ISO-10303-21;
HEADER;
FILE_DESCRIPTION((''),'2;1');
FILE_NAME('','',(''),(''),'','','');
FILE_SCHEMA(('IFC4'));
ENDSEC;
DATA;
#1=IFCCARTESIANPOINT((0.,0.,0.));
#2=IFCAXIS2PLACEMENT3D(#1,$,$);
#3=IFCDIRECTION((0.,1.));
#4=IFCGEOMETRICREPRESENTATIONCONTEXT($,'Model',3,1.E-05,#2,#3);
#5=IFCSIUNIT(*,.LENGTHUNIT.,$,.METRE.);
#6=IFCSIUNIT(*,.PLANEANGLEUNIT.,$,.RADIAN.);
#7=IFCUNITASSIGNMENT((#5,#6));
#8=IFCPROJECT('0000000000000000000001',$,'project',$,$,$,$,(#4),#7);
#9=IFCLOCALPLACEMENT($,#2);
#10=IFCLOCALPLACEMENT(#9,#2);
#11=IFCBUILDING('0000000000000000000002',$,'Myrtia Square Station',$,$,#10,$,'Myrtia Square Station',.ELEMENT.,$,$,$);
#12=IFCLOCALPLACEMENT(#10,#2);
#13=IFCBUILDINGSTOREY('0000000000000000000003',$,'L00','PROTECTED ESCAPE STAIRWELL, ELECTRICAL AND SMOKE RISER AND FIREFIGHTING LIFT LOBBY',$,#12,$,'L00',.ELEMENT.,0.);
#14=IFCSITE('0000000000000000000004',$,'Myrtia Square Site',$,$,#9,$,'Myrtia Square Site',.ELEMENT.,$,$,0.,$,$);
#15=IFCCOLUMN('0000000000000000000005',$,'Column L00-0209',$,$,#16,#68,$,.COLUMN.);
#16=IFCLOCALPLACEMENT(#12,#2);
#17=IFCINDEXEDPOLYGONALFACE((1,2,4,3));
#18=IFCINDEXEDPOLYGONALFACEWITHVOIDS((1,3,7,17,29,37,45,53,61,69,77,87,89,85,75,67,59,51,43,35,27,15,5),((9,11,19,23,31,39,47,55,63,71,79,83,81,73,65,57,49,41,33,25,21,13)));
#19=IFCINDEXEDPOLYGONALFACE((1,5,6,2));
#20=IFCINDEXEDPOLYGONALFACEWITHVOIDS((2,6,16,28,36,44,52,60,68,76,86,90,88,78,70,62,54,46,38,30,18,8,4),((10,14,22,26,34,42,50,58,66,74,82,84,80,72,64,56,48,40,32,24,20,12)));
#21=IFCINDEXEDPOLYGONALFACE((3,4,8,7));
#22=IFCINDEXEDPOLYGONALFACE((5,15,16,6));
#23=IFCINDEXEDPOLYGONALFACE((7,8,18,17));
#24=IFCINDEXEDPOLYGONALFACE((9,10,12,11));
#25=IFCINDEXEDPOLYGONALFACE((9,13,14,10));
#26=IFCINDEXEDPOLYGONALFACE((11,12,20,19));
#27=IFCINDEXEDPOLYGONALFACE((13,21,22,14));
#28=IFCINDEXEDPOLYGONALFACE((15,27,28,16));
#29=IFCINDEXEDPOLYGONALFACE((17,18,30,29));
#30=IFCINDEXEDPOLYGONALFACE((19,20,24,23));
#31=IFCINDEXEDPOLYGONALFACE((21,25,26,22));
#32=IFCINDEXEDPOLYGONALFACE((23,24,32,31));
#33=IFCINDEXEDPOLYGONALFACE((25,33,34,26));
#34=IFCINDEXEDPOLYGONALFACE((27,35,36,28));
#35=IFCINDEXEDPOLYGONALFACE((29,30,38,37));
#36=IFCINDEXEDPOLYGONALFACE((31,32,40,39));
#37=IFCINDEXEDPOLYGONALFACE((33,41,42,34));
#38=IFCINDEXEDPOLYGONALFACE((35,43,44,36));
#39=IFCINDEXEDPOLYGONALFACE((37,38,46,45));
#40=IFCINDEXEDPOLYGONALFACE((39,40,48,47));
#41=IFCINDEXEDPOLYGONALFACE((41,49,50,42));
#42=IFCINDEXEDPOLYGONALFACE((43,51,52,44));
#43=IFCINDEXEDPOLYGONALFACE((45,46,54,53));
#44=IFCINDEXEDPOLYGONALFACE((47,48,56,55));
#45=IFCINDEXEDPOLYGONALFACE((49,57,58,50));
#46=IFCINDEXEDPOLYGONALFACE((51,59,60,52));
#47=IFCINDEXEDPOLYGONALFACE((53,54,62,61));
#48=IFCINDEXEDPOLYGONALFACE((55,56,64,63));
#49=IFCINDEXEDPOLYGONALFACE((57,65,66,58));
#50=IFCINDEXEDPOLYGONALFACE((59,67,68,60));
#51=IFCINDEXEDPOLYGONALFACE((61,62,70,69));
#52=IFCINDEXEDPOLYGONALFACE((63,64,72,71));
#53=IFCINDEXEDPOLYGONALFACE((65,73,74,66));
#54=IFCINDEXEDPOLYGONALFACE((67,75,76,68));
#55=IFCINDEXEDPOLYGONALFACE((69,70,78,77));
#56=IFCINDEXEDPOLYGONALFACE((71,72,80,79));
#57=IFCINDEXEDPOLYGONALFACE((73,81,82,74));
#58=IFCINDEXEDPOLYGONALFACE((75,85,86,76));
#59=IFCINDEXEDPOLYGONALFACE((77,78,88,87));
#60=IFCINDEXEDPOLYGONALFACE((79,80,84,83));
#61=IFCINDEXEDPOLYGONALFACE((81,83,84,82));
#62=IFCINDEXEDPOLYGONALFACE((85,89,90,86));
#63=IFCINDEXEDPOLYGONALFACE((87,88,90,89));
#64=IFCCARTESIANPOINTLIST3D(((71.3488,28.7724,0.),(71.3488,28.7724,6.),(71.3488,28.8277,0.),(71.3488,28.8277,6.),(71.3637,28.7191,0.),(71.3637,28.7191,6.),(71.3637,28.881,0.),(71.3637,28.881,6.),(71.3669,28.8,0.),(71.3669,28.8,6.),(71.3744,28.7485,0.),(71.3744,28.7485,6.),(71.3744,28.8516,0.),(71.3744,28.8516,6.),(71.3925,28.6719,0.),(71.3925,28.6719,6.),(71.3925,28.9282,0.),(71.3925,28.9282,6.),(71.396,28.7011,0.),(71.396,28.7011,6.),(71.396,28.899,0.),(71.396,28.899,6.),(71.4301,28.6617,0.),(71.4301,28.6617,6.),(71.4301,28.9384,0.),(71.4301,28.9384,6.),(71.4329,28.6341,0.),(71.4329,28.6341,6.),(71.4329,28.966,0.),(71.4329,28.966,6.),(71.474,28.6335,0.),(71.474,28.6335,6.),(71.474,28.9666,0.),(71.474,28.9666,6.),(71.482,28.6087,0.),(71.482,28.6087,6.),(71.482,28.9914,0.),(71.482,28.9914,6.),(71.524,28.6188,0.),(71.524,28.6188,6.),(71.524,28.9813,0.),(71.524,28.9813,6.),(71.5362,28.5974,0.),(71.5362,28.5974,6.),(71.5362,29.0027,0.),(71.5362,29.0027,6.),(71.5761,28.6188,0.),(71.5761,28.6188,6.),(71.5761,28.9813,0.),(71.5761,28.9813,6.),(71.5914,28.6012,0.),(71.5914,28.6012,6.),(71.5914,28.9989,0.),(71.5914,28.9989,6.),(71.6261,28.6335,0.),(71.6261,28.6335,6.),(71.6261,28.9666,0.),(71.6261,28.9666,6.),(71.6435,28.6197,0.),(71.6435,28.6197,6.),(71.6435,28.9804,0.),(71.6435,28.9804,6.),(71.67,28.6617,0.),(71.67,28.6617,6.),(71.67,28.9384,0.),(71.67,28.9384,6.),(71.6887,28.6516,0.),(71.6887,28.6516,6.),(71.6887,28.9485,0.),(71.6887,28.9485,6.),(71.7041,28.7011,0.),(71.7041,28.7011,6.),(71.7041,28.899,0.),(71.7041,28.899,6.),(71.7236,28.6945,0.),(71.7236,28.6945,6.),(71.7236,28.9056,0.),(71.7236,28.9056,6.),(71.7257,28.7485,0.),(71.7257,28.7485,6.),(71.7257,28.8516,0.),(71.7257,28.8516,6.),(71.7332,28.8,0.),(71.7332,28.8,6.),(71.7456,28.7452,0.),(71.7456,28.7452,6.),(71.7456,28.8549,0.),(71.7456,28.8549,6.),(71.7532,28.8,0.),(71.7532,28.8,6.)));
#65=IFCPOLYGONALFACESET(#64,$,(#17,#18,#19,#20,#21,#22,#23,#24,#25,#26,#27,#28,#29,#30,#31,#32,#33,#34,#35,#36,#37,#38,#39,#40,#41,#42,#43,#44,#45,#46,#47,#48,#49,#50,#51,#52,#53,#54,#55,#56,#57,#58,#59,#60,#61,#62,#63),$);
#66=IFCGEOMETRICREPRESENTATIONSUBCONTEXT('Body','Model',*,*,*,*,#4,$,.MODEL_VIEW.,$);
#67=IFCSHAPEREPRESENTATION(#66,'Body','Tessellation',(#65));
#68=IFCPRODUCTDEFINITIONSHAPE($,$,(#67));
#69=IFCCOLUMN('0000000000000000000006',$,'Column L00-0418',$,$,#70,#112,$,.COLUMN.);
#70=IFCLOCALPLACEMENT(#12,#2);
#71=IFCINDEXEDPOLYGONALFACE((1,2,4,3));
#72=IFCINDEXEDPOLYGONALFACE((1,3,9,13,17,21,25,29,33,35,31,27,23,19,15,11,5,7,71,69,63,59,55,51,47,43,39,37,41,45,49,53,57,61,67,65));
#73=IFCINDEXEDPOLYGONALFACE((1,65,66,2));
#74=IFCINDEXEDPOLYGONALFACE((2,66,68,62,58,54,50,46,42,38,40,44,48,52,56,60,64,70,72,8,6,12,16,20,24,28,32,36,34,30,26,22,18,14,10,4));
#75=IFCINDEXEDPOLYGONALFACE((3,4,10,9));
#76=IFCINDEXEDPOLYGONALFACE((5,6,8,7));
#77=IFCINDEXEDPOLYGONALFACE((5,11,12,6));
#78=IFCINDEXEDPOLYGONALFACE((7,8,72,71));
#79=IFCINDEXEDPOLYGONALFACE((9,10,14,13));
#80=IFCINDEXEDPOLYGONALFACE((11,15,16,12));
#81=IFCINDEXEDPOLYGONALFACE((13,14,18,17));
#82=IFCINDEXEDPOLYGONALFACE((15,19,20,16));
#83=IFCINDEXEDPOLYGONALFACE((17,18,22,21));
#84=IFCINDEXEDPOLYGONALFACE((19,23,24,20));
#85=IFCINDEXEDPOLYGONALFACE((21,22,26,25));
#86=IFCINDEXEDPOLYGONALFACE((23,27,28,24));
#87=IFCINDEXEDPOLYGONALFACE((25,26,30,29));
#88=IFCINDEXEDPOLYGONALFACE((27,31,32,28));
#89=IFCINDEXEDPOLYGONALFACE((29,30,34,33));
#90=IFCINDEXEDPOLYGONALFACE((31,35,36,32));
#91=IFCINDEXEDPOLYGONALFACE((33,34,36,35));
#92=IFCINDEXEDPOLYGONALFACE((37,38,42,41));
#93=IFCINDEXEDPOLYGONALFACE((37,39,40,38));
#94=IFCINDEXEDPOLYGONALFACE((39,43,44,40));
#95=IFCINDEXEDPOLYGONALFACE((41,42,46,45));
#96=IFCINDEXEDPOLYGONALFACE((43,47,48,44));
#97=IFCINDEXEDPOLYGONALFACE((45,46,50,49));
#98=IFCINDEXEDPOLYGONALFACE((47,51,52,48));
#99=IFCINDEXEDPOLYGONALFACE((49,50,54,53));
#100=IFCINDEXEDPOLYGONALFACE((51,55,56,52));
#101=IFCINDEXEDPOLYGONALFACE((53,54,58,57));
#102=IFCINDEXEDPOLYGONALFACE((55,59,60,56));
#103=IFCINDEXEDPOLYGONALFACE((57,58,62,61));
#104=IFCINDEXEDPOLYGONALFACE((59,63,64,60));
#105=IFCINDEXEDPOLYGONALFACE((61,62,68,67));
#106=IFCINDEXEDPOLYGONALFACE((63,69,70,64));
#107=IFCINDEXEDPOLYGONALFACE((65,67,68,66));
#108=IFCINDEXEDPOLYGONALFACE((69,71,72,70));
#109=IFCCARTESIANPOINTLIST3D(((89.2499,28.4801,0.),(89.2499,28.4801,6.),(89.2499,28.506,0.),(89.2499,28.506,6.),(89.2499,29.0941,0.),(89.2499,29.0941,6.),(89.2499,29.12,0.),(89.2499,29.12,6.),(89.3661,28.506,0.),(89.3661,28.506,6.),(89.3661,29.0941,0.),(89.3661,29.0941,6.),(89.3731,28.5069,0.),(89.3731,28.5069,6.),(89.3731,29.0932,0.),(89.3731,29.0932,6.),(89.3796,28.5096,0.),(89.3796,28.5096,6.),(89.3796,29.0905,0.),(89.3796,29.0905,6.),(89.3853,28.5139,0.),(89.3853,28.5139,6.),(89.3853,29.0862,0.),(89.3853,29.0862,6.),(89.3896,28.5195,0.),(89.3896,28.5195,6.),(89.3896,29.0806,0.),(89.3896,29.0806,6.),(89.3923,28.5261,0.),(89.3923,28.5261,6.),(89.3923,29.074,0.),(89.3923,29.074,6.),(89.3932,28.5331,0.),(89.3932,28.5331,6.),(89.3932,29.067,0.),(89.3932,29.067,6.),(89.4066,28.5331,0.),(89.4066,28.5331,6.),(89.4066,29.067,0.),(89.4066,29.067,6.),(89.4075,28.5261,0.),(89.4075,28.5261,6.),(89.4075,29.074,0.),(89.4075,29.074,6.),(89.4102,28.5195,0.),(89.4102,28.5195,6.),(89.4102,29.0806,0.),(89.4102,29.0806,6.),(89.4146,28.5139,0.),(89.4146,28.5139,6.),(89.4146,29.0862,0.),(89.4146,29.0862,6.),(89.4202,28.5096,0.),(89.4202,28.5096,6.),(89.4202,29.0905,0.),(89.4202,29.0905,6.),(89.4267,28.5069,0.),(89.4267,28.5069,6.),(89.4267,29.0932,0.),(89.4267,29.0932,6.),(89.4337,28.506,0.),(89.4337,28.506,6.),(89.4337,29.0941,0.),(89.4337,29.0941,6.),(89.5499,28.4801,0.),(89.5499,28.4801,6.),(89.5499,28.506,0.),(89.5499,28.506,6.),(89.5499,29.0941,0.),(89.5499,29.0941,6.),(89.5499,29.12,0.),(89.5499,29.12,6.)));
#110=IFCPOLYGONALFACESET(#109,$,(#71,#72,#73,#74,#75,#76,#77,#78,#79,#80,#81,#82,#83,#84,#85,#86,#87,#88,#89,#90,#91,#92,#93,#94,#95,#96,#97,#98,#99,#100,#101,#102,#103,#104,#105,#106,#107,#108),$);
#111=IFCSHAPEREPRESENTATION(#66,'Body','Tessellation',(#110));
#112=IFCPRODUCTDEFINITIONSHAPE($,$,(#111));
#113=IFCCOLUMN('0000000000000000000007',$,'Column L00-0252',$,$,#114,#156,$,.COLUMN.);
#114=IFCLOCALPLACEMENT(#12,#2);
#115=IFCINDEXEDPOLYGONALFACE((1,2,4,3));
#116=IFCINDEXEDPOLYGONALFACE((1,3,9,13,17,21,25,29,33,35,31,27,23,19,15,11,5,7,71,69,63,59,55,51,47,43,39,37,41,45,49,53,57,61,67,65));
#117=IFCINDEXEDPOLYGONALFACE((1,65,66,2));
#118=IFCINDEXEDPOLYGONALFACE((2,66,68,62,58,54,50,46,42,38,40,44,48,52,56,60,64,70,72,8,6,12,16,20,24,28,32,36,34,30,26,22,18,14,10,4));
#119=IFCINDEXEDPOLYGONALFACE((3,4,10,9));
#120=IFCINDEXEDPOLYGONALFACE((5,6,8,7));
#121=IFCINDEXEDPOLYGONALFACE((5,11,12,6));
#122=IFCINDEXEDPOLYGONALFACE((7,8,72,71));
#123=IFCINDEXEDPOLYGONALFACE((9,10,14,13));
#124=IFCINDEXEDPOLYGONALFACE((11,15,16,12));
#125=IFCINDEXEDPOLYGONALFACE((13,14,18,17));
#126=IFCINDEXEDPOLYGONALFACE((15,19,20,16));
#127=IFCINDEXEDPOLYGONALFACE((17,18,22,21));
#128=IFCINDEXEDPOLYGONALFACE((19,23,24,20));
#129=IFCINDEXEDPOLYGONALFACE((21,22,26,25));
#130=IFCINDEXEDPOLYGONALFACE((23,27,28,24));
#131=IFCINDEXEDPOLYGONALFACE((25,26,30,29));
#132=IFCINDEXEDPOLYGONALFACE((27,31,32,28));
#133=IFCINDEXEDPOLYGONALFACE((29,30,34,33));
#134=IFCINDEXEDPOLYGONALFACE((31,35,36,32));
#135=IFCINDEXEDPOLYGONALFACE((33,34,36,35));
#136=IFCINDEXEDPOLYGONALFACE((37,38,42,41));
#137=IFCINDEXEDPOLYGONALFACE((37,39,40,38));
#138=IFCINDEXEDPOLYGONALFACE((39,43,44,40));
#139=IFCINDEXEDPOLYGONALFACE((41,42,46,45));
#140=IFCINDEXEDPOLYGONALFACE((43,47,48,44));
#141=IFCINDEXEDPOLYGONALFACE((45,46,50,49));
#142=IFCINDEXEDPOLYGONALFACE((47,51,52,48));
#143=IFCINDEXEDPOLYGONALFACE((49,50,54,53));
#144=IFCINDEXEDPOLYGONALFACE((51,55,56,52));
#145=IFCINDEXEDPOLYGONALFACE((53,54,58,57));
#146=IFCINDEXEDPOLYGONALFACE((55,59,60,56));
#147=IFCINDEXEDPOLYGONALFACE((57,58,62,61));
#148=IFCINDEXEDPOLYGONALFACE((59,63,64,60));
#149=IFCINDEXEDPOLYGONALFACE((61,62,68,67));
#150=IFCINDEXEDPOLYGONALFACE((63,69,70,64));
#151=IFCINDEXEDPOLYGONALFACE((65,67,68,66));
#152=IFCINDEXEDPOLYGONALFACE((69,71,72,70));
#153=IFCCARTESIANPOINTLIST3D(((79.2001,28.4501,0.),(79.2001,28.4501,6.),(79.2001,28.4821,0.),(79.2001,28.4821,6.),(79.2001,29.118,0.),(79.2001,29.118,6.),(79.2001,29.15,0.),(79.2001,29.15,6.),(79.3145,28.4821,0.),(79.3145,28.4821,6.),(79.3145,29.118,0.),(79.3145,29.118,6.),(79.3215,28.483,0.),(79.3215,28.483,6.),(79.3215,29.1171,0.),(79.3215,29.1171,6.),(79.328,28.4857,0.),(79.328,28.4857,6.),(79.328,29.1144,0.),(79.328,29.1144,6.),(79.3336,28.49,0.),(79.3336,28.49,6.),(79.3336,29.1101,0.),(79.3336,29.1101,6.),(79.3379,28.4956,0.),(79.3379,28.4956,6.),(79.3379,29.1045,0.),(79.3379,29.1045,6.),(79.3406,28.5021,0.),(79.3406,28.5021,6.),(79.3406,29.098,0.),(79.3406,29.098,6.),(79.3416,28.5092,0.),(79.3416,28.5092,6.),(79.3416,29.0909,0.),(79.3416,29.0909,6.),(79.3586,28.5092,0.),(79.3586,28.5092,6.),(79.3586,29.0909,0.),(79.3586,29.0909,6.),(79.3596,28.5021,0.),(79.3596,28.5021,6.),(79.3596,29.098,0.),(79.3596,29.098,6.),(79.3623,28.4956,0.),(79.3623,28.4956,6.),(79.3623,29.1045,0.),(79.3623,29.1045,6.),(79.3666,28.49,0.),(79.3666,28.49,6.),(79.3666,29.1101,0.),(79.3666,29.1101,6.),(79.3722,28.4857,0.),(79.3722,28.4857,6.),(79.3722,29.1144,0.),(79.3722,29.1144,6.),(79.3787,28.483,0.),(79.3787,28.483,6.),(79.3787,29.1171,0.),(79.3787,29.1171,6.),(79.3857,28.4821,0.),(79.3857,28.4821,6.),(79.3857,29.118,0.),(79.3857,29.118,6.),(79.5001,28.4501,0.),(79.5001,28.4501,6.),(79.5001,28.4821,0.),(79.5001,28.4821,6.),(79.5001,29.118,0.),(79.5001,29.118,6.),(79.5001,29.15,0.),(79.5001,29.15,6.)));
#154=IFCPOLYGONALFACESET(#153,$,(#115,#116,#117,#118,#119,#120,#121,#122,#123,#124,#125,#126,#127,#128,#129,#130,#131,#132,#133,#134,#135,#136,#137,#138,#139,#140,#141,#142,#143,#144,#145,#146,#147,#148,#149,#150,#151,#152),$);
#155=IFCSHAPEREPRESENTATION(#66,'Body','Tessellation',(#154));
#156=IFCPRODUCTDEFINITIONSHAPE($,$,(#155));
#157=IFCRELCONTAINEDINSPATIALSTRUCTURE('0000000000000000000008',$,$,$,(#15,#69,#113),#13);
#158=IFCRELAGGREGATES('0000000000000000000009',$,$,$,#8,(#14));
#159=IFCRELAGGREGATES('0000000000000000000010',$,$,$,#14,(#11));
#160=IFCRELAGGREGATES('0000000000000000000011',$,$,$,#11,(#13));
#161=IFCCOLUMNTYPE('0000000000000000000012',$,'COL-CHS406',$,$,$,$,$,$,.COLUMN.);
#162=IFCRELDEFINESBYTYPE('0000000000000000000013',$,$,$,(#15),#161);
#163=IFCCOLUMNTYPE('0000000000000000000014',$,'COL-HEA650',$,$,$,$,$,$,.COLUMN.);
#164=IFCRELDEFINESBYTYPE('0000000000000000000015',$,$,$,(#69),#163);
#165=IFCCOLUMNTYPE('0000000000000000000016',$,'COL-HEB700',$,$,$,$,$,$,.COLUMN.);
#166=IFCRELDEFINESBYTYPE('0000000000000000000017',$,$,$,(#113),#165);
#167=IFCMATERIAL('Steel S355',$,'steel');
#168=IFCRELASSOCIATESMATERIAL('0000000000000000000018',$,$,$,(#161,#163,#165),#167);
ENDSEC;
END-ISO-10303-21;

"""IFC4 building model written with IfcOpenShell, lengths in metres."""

from ifc_helpers import new_model, si_unit, direction, frame, origin, origin_2d, place, context, subcontext, project, spatial, hollow_circle, i_section, extrude, material, material_profile, profile_set, type_object, element, save


model = new_model("IFC4")

# Units and contexts
model_context = context("Model", 3, precision=1e-05, world=origin(), true_north=direction((0.0, 1.0)))
body_context = subcontext(model_context, "Body", "Model", "MODEL_VIEW")
ifc_project = project(units=[si_unit("LENGTHUNIT", "METRE"), si_unit("PLANEANGLEUNIT", "RADIAN")], contexts=[model_context])

# Site, building, storey
site_placement = place(None, origin())
site = spatial("IfcSite", under=ifc_project, at=site_placement, Name="Myrtia Square Site", LongName="Myrtia Square Site", CompositionType="ELEMENT", RefElevation=0.0)
building_placement = place(site_placement, origin())
building = spatial("IfcBuilding", under=site, at=building_placement, Name="Myrtia Square Station", LongName="Myrtia Square Station", CompositionType="ELEMENT")
storey_placement = place(building_placement, origin())
storey = spatial("IfcBuildingStorey", under=building, at=storey_placement, Name="L00", Description="PROTECTED ESCAPE STAIRWELL, ELECTRICAL AND SMOKE RISER AND FIREFIGHTING LIFT LOBBY", LongName="L00", CompositionType="ELEMENT", Elevation=0.0)

# Columns
ifc_material_1 = material(Name="Steel S355", Category="steel")
ifc_material_profile_1 = material_profile(ifc_material_1, hollow_circle(Radius=0.2031, WallThickness=0.02, at=origin_2d()), Name="CHS 406.4x20")
ifc_profile_set_1 = profile_set([ifc_material_profile_1], Name="Steel S355")
column_type_1 = type_object("IfcColumnType", Name="COL-CHS406", PredefinedType="COLUMN", material=ifc_profile_set_1)
column_1_placement = place(storey_placement, frame((71.55, 28.8, 0.0), z_axis=(0.0, 0.0, 1.0), x_axis=(1.0, 0.0, 0.0)))
element("IfcColumn", 1, at=column_1_placement, inside=storey, type_object=column_type_1, Name="Column L00-0209", PredefinedType="COLUMN", context=body_context, shape_type="SweptSolid", body=[
    extrude(hollow_circle(Radius=0.2031, WallThickness=0.02, at=origin_2d()), origin(), (0.0, 0.0, 1.0), 6.0),
])
ifc_material_profile_2 = material_profile(ifc_material_1, i_section(OverallWidth=0.3, OverallDepth=0.6399, WebThickness=0.0134, FlangeThickness=0.0259, FilletRadius=0.0271, at=origin_2d()), Name="HEA 650")
ifc_profile_set_2 = profile_set([ifc_material_profile_2], Name="Steel S355")
column_type_2 = type_object("IfcColumnType", Name="COL-HEA650", PredefinedType="COLUMN", material=ifc_profile_set_2)
column_2_placement = place(storey_placement, frame((89.3999, 28.8, 0.0), z_axis=(0.0, 0.0, 1.0), x_axis=(1.0, 0.0, 0.0)))
element("IfcColumn", 2, at=column_2_placement, inside=storey, type_object=column_type_2, Name="Column L00-0418", PredefinedType="COLUMN", context=body_context, shape_type="SweptSolid", body=[
    extrude(i_section(OverallWidth=0.3, OverallDepth=0.6399, WebThickness=0.0134, FlangeThickness=0.0259, FilletRadius=0.0271, at=origin_2d()), origin(), (0.0, 0.0, 1.0), 6.0),
])
ifc_material_profile_3 = material_profile(ifc_material_1, i_section(OverallWidth=0.3, OverallDepth=0.7, WebThickness=0.0171, FlangeThickness=0.032, FilletRadius=0.0271, at=origin_2d()), Name="HEB 700")
ifc_profile_set_3 = profile_set([ifc_material_profile_3], Name="Steel S355")
column_type_3 = type_object("IfcColumnType", Name="COL-HEB700", PredefinedType="COLUMN", material=ifc_profile_set_3)
column_3_placement = place(storey_placement, frame((79.3501, 28.8, 0.0), z_axis=(0.0, 0.0, 1.0), x_axis=(1.0, 0.0, 0.0)))
element("IfcColumn", 3, at=column_3_placement, inside=storey, type_object=column_type_3, Name="Column L00-0252", PredefinedType="COLUMN", context=body_context, shape_type="SweptSolid", body=[
    extrude(i_section(OverallWidth=0.3, OverallDepth=0.7, WebThickness=0.0171, FlangeThickness=0.032, FilletRadius=0.0271, at=origin_2d()), origin(), (0.0, 0.0, 1.0), 6.0),
])

save(model, "model.ifc")
